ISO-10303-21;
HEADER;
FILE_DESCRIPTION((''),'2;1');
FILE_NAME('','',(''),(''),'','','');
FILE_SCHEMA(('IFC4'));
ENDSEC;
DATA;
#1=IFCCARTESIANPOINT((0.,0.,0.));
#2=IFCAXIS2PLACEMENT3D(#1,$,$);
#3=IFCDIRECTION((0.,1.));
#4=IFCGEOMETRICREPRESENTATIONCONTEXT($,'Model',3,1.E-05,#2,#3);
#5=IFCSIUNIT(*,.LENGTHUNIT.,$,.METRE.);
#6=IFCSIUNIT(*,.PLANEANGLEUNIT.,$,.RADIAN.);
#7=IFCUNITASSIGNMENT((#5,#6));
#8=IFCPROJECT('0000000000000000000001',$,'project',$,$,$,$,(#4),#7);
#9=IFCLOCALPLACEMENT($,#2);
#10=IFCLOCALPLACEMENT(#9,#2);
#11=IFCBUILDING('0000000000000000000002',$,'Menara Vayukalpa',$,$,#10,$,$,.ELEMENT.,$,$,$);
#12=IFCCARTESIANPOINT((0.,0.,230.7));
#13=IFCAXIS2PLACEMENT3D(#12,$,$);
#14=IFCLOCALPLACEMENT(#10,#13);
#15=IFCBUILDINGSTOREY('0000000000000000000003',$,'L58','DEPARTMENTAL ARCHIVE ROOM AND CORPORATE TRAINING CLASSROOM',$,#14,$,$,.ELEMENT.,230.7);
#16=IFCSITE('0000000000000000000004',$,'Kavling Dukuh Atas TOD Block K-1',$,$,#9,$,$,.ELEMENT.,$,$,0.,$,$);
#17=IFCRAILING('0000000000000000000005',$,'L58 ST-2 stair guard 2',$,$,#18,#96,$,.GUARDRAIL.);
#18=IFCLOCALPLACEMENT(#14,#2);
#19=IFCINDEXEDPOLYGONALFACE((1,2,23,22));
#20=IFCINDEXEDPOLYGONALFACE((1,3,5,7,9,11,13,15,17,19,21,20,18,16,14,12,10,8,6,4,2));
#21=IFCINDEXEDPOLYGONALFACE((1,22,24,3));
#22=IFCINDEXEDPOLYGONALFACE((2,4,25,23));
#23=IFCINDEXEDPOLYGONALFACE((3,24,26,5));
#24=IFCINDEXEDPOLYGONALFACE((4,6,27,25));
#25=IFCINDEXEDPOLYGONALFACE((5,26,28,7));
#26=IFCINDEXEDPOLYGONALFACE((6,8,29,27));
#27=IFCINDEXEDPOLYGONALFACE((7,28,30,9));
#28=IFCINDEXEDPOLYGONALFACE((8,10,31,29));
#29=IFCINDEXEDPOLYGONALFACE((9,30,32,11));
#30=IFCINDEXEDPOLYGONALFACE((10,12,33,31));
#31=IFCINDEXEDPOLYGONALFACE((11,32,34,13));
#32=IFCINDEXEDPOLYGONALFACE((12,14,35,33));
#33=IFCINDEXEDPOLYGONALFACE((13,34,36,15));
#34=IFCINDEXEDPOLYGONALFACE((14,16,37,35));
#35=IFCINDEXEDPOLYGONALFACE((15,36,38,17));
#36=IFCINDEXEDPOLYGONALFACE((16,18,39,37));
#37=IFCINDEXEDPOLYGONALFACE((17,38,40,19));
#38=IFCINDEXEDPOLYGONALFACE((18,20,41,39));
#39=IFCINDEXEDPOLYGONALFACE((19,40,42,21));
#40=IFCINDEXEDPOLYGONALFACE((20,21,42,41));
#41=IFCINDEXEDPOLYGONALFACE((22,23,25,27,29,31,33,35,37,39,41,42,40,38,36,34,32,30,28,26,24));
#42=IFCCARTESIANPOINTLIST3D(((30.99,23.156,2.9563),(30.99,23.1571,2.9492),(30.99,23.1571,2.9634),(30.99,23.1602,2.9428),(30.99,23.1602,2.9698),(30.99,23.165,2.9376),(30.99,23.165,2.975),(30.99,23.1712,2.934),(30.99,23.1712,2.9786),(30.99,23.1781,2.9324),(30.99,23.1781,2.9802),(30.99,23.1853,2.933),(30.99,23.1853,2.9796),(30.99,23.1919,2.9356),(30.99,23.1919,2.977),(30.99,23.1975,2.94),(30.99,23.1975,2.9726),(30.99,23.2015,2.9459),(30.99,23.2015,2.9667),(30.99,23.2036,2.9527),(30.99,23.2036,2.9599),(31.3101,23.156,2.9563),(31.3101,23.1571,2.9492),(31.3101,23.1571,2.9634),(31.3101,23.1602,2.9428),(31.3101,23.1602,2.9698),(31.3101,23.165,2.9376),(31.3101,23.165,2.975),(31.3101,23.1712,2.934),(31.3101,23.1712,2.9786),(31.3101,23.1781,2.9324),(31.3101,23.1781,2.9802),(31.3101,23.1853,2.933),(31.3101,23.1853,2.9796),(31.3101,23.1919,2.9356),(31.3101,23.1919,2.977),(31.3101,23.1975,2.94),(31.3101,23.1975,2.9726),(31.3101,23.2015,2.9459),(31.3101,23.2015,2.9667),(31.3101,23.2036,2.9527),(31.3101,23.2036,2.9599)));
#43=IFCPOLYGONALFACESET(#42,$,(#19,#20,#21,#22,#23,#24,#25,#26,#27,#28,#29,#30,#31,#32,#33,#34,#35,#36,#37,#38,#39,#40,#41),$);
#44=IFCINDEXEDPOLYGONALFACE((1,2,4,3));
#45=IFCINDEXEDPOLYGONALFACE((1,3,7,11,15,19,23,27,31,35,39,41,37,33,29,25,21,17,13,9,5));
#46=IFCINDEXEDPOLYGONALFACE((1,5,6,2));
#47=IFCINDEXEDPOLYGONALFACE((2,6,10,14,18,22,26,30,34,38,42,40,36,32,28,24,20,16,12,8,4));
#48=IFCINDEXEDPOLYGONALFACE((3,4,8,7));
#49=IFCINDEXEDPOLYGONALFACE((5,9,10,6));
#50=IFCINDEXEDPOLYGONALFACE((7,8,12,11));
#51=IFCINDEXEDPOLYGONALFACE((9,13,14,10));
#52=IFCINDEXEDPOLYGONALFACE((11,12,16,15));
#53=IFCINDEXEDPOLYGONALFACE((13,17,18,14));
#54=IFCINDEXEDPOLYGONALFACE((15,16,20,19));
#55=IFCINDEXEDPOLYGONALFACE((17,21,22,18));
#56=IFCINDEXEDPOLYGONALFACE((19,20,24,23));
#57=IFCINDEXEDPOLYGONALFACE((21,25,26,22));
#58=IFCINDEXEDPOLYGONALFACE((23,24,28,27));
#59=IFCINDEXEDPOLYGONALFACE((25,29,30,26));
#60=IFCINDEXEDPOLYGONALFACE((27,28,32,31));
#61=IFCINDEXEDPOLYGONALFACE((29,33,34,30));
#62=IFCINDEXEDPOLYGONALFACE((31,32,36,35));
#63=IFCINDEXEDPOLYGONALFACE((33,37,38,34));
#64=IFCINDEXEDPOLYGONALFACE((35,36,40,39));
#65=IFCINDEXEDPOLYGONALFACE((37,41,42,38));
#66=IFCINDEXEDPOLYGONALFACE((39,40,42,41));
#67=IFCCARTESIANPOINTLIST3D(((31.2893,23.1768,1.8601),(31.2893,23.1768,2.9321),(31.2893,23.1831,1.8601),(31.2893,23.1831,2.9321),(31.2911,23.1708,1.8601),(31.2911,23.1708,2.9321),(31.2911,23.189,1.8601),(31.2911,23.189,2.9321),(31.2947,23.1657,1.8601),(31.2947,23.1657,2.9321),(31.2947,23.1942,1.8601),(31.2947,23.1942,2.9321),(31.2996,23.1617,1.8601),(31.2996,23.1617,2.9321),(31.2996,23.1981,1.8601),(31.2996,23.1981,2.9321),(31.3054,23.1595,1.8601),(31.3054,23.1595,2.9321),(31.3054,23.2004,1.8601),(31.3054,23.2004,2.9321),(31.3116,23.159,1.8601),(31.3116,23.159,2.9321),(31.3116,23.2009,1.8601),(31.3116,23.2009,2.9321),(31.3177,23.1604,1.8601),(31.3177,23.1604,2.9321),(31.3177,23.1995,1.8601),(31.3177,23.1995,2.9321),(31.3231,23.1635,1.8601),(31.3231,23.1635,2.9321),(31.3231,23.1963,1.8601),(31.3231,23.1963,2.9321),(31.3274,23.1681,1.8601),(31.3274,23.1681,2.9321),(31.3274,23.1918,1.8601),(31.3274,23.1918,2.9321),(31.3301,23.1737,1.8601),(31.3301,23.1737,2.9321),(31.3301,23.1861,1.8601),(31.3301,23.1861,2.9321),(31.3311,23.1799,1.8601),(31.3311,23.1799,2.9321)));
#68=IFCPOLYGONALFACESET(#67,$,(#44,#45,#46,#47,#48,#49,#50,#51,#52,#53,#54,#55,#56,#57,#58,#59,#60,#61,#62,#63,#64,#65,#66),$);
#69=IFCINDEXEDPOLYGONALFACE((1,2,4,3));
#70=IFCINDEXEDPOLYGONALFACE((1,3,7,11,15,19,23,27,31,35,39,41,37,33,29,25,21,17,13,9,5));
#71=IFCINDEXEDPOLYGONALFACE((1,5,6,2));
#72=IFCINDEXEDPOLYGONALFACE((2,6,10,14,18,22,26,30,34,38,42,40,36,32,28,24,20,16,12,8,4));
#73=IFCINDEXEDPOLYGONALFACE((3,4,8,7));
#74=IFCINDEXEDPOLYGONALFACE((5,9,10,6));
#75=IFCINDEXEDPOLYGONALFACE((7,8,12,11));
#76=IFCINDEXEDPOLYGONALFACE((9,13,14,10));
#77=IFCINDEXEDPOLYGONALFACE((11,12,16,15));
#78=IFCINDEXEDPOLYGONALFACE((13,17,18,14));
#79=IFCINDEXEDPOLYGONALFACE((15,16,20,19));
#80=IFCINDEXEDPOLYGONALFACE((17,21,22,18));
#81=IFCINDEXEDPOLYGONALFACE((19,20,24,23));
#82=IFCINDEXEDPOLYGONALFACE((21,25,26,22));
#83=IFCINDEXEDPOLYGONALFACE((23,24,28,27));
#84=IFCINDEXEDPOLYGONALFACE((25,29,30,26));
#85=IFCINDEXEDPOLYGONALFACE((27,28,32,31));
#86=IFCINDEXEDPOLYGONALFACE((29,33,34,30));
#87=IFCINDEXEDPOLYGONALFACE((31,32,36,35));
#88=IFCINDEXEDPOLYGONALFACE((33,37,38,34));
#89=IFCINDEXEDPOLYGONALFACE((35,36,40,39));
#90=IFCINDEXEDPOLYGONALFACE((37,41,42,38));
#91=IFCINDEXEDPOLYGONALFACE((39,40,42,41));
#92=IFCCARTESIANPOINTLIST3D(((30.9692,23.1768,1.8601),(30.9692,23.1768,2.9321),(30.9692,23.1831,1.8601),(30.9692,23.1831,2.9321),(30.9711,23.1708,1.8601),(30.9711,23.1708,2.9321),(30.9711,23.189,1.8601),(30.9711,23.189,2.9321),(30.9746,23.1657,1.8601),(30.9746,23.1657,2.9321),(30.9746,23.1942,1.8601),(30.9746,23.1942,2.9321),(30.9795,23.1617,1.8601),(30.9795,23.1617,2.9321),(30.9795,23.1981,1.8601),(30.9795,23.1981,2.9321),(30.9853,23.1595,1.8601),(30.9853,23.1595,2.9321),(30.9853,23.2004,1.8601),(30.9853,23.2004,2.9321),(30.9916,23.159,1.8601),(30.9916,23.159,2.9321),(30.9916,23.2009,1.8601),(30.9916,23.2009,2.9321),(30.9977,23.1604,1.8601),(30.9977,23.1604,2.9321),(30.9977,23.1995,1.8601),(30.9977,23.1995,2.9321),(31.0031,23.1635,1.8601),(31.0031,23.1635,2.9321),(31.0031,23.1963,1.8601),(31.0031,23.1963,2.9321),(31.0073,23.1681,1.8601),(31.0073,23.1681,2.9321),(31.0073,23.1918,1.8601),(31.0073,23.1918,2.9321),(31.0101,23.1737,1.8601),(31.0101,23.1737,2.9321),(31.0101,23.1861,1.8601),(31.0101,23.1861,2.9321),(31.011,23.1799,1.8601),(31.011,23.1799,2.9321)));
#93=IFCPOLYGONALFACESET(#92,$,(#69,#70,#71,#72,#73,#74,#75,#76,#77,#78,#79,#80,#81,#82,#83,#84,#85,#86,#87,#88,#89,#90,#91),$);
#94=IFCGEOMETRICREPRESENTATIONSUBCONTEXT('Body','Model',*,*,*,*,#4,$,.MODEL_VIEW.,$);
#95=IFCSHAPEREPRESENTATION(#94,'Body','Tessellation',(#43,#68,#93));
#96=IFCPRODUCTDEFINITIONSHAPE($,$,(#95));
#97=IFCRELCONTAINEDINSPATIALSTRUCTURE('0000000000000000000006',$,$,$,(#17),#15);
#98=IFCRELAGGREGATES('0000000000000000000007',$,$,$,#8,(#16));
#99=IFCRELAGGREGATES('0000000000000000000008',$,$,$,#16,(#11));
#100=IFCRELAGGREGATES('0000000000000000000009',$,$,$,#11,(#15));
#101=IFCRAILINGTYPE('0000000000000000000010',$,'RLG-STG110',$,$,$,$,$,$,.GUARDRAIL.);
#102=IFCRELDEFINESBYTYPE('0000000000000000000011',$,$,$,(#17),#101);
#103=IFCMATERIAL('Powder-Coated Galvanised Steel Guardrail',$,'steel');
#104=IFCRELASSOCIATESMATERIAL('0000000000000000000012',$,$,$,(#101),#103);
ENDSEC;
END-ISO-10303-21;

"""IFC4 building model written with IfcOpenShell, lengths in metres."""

from ifc_helpers import new_model, si_unit, direction, frame, origin, origin_2d, place, context, subcontext, project, spatial, circle, extrude, material, type_object, element, save


model = new_model("IFC4")

# Units and contexts
model_context = context("Model", 3, precision=1e-05, world=origin(), true_north=direction((0.0, 1.0)))
body_context = subcontext(model_context, "Body", "Model", "MODEL_VIEW")
ifc_project = project(units=[si_unit("LENGTHUNIT", "METRE"), si_unit("PLANEANGLEUNIT", "RADIAN")], contexts=[model_context])

# Site, building, storey
site_placement = place(None, origin())
site = spatial("IfcSite", under=ifc_project, at=site_placement, Name="Kavling Dukuh Atas TOD Block K-1", CompositionType="ELEMENT", RefElevation=0.0)
building_placement = place(site_placement, origin())
building = spatial("IfcBuilding", under=site, at=building_placement, Name="Menara Vayukalpa", CompositionType="ELEMENT")
storey_placement = place(building_placement, frame((0.0, 0.0, 230.7)))
storey = spatial("IfcBuildingStorey", under=building, at=storey_placement, Name="L58", Description="DEPARTMENTAL ARCHIVE ROOM AND CORPORATE TRAINING CLASSROOM", CompositionType="ELEMENT", Elevation=230.7)

# Railing
ifc_material_1 = material(Name="Powder-Coated Galvanised Steel Guardrail", Category="steel")
railing_type = type_object("IfcRailingType", Name="RLG-STG110", PredefinedType="GUARDRAIL", material=ifc_material_1)
railing_1_placement = place(storey_placement, frame((31.3101, 23.1799, 1.8601)))
element("IfcRailing", 1, at=railing_1_placement, inside=storey, type_object=railing_type, Name="L58 ST-2 stair guard 2", PredefinedType="GUARDRAIL", context=body_context, shape_type="SweptSolid", body=[
    extrude(circle(Radius=0.0239, at=origin_2d()), frame((0.0, 0.0, 1.0962), z_axis=(-1.0, 0.0, 0.0), x_axis=(0.0, -1.0, 0.0)), (0.0, 0.0, 1.0), 0.3201),
    extrude(circle(Radius=0.021, at=origin_2d()), origin(), (0.0, 0.0, 1.0), 1.072),
    extrude(circle(Radius=0.021, at=origin_2d()), frame((-0.3201, 0.0, 0.0)), (0.0, 0.0, 1.0), 1.072),
])

save(model, "model.ifc")
